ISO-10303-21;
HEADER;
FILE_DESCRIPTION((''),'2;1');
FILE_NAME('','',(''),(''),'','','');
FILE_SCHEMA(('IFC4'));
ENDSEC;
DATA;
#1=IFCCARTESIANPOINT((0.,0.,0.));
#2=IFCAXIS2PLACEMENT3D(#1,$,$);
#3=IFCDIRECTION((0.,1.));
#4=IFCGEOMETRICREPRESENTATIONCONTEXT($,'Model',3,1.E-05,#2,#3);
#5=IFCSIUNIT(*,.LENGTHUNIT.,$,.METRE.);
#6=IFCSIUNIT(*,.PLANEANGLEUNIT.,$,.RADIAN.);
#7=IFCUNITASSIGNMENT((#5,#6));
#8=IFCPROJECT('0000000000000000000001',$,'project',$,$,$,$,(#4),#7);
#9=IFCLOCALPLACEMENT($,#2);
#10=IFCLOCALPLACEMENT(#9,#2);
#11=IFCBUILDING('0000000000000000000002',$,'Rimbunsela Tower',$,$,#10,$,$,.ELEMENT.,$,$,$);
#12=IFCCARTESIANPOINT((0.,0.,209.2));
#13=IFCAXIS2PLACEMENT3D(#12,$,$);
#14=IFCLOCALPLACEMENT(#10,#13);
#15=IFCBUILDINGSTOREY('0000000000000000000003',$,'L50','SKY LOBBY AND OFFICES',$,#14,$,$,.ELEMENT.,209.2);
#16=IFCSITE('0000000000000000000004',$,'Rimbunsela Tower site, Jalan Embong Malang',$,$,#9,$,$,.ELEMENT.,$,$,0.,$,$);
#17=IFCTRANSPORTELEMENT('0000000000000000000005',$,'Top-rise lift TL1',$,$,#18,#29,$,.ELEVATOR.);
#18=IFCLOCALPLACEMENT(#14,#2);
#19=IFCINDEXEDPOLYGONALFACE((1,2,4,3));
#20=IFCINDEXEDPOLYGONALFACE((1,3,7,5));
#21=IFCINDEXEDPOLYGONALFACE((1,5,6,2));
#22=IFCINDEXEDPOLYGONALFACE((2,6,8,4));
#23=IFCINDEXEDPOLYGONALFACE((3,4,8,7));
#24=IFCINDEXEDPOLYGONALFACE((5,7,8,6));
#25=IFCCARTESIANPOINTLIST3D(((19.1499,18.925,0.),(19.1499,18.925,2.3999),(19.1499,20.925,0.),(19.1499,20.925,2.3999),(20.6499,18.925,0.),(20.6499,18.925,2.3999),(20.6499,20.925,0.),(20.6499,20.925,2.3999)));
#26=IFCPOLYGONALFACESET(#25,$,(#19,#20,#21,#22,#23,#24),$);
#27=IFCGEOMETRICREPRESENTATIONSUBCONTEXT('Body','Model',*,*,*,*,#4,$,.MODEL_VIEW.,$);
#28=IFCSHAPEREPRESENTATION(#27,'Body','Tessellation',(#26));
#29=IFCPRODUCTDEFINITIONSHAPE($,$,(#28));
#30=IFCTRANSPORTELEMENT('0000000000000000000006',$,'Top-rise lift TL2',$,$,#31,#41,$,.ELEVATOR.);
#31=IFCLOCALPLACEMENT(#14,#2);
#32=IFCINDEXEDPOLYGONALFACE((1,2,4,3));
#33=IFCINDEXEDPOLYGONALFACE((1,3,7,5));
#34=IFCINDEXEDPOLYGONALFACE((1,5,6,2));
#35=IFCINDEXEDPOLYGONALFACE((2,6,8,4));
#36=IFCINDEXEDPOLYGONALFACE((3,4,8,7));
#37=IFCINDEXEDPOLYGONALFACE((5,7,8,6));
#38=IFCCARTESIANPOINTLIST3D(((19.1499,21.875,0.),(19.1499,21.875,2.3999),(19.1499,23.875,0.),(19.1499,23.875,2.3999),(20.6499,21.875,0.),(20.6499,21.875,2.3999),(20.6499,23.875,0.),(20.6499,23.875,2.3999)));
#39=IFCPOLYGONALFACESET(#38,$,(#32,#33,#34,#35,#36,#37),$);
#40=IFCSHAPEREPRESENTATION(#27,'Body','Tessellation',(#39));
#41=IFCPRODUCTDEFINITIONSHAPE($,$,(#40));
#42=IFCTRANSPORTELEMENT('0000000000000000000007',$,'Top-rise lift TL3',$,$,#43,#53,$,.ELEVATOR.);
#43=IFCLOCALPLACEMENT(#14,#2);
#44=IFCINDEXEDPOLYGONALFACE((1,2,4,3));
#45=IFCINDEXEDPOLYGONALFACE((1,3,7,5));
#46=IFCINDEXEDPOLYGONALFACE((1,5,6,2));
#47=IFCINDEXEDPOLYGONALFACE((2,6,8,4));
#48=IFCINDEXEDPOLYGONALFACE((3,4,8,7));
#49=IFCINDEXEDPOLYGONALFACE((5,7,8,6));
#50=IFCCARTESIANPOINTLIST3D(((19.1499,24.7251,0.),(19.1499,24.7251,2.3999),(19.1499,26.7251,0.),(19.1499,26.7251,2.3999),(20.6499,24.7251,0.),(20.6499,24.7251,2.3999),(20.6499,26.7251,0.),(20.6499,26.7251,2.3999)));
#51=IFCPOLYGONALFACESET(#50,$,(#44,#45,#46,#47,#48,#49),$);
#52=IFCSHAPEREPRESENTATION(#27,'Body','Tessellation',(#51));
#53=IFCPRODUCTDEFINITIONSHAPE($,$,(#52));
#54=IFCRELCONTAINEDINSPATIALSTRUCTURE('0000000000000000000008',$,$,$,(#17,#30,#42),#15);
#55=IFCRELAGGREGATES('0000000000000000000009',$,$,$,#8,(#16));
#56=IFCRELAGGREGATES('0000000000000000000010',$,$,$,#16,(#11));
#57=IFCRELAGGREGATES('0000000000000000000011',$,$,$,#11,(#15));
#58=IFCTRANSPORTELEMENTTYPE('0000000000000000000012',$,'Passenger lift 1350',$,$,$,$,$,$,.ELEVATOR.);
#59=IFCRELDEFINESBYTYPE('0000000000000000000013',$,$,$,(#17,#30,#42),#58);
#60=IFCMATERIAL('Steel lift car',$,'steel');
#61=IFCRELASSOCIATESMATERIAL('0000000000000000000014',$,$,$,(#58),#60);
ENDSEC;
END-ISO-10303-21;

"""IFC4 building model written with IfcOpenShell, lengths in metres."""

from ifc_helpers import new_model, si_unit, direction, frame, origin, origin_2d, place, context, subcontext, project, spatial, rectangle, extrude, material, type_object, element, save


model = new_model("IFC4")

# Units and contexts
model_context = context("Model", 3, precision=1e-05, world=origin(), true_north=direction((0.0, 1.0)))
body_context = subcontext(model_context, "Body", "Model", "MODEL_VIEW")
ifc_project = project(units=[si_unit("LENGTHUNIT", "METRE"), si_unit("PLANEANGLEUNIT", "RADIAN")], contexts=[model_context])

# Site, building, storey
site_placement = place(None, origin())
site = spatial("IfcSite", under=ifc_project, at=site_placement, Name="Rimbunsela Tower site, Jalan Embong Malang", CompositionType="ELEMENT", RefElevation=0.0)
building_placement = place(site_placement, origin())
building = spatial("IfcBuilding", under=site, at=building_placement, Name="Rimbunsela Tower", CompositionType="ELEMENT")
storey_placement = place(building_placement, frame((0.0, 0.0, 209.2)))
storey = spatial("IfcBuildingStorey", under=building, at=storey_placement, Name="L50", Description="SKY LOBBY AND OFFICES", CompositionType="ELEMENT", Elevation=209.2)

# Transport elements
ifc_material_1 = material(Name="Steel lift car", Category="steel")
transport_element_type = type_object("IfcTransportElementType", Name="Passenger lift 1350", PredefinedType="ELEVATOR", material=ifc_material_1)
for number, where, z_axis, x_axis, name in (
    (1, (19.8999, 19.925, 0.0), (0.0, 0.0, 1.0), (1.0, 0.0, 0.0), "Top-rise lift TL1"),
    (2, (19.8999, 22.875, 0.0), (0.0, 0.0, 1.0), (1.0, 0.0, 0.0), "Top-rise lift TL2"),
    (3, (19.8999, 25.7251, 0.0), (0.0, 0.0, 1.0), (1.0, 0.0, 0.0), "Top-rise lift TL3"),
):
    element("IfcTransportElement", number, at=place(storey_placement, frame(where, z_axis=z_axis, x_axis=x_axis)), inside=storey, type_object=transport_element_type, Name=name, PredefinedType="ELEVATOR", context=body_context, shape_type="SweptSolid", body=[
        extrude(rectangle(XDim=1.5, YDim=2.0, at=origin_2d()), origin(), (0.0, 0.0, 1.0), 2.3999),
    ])

save(model, "model.ifc")
